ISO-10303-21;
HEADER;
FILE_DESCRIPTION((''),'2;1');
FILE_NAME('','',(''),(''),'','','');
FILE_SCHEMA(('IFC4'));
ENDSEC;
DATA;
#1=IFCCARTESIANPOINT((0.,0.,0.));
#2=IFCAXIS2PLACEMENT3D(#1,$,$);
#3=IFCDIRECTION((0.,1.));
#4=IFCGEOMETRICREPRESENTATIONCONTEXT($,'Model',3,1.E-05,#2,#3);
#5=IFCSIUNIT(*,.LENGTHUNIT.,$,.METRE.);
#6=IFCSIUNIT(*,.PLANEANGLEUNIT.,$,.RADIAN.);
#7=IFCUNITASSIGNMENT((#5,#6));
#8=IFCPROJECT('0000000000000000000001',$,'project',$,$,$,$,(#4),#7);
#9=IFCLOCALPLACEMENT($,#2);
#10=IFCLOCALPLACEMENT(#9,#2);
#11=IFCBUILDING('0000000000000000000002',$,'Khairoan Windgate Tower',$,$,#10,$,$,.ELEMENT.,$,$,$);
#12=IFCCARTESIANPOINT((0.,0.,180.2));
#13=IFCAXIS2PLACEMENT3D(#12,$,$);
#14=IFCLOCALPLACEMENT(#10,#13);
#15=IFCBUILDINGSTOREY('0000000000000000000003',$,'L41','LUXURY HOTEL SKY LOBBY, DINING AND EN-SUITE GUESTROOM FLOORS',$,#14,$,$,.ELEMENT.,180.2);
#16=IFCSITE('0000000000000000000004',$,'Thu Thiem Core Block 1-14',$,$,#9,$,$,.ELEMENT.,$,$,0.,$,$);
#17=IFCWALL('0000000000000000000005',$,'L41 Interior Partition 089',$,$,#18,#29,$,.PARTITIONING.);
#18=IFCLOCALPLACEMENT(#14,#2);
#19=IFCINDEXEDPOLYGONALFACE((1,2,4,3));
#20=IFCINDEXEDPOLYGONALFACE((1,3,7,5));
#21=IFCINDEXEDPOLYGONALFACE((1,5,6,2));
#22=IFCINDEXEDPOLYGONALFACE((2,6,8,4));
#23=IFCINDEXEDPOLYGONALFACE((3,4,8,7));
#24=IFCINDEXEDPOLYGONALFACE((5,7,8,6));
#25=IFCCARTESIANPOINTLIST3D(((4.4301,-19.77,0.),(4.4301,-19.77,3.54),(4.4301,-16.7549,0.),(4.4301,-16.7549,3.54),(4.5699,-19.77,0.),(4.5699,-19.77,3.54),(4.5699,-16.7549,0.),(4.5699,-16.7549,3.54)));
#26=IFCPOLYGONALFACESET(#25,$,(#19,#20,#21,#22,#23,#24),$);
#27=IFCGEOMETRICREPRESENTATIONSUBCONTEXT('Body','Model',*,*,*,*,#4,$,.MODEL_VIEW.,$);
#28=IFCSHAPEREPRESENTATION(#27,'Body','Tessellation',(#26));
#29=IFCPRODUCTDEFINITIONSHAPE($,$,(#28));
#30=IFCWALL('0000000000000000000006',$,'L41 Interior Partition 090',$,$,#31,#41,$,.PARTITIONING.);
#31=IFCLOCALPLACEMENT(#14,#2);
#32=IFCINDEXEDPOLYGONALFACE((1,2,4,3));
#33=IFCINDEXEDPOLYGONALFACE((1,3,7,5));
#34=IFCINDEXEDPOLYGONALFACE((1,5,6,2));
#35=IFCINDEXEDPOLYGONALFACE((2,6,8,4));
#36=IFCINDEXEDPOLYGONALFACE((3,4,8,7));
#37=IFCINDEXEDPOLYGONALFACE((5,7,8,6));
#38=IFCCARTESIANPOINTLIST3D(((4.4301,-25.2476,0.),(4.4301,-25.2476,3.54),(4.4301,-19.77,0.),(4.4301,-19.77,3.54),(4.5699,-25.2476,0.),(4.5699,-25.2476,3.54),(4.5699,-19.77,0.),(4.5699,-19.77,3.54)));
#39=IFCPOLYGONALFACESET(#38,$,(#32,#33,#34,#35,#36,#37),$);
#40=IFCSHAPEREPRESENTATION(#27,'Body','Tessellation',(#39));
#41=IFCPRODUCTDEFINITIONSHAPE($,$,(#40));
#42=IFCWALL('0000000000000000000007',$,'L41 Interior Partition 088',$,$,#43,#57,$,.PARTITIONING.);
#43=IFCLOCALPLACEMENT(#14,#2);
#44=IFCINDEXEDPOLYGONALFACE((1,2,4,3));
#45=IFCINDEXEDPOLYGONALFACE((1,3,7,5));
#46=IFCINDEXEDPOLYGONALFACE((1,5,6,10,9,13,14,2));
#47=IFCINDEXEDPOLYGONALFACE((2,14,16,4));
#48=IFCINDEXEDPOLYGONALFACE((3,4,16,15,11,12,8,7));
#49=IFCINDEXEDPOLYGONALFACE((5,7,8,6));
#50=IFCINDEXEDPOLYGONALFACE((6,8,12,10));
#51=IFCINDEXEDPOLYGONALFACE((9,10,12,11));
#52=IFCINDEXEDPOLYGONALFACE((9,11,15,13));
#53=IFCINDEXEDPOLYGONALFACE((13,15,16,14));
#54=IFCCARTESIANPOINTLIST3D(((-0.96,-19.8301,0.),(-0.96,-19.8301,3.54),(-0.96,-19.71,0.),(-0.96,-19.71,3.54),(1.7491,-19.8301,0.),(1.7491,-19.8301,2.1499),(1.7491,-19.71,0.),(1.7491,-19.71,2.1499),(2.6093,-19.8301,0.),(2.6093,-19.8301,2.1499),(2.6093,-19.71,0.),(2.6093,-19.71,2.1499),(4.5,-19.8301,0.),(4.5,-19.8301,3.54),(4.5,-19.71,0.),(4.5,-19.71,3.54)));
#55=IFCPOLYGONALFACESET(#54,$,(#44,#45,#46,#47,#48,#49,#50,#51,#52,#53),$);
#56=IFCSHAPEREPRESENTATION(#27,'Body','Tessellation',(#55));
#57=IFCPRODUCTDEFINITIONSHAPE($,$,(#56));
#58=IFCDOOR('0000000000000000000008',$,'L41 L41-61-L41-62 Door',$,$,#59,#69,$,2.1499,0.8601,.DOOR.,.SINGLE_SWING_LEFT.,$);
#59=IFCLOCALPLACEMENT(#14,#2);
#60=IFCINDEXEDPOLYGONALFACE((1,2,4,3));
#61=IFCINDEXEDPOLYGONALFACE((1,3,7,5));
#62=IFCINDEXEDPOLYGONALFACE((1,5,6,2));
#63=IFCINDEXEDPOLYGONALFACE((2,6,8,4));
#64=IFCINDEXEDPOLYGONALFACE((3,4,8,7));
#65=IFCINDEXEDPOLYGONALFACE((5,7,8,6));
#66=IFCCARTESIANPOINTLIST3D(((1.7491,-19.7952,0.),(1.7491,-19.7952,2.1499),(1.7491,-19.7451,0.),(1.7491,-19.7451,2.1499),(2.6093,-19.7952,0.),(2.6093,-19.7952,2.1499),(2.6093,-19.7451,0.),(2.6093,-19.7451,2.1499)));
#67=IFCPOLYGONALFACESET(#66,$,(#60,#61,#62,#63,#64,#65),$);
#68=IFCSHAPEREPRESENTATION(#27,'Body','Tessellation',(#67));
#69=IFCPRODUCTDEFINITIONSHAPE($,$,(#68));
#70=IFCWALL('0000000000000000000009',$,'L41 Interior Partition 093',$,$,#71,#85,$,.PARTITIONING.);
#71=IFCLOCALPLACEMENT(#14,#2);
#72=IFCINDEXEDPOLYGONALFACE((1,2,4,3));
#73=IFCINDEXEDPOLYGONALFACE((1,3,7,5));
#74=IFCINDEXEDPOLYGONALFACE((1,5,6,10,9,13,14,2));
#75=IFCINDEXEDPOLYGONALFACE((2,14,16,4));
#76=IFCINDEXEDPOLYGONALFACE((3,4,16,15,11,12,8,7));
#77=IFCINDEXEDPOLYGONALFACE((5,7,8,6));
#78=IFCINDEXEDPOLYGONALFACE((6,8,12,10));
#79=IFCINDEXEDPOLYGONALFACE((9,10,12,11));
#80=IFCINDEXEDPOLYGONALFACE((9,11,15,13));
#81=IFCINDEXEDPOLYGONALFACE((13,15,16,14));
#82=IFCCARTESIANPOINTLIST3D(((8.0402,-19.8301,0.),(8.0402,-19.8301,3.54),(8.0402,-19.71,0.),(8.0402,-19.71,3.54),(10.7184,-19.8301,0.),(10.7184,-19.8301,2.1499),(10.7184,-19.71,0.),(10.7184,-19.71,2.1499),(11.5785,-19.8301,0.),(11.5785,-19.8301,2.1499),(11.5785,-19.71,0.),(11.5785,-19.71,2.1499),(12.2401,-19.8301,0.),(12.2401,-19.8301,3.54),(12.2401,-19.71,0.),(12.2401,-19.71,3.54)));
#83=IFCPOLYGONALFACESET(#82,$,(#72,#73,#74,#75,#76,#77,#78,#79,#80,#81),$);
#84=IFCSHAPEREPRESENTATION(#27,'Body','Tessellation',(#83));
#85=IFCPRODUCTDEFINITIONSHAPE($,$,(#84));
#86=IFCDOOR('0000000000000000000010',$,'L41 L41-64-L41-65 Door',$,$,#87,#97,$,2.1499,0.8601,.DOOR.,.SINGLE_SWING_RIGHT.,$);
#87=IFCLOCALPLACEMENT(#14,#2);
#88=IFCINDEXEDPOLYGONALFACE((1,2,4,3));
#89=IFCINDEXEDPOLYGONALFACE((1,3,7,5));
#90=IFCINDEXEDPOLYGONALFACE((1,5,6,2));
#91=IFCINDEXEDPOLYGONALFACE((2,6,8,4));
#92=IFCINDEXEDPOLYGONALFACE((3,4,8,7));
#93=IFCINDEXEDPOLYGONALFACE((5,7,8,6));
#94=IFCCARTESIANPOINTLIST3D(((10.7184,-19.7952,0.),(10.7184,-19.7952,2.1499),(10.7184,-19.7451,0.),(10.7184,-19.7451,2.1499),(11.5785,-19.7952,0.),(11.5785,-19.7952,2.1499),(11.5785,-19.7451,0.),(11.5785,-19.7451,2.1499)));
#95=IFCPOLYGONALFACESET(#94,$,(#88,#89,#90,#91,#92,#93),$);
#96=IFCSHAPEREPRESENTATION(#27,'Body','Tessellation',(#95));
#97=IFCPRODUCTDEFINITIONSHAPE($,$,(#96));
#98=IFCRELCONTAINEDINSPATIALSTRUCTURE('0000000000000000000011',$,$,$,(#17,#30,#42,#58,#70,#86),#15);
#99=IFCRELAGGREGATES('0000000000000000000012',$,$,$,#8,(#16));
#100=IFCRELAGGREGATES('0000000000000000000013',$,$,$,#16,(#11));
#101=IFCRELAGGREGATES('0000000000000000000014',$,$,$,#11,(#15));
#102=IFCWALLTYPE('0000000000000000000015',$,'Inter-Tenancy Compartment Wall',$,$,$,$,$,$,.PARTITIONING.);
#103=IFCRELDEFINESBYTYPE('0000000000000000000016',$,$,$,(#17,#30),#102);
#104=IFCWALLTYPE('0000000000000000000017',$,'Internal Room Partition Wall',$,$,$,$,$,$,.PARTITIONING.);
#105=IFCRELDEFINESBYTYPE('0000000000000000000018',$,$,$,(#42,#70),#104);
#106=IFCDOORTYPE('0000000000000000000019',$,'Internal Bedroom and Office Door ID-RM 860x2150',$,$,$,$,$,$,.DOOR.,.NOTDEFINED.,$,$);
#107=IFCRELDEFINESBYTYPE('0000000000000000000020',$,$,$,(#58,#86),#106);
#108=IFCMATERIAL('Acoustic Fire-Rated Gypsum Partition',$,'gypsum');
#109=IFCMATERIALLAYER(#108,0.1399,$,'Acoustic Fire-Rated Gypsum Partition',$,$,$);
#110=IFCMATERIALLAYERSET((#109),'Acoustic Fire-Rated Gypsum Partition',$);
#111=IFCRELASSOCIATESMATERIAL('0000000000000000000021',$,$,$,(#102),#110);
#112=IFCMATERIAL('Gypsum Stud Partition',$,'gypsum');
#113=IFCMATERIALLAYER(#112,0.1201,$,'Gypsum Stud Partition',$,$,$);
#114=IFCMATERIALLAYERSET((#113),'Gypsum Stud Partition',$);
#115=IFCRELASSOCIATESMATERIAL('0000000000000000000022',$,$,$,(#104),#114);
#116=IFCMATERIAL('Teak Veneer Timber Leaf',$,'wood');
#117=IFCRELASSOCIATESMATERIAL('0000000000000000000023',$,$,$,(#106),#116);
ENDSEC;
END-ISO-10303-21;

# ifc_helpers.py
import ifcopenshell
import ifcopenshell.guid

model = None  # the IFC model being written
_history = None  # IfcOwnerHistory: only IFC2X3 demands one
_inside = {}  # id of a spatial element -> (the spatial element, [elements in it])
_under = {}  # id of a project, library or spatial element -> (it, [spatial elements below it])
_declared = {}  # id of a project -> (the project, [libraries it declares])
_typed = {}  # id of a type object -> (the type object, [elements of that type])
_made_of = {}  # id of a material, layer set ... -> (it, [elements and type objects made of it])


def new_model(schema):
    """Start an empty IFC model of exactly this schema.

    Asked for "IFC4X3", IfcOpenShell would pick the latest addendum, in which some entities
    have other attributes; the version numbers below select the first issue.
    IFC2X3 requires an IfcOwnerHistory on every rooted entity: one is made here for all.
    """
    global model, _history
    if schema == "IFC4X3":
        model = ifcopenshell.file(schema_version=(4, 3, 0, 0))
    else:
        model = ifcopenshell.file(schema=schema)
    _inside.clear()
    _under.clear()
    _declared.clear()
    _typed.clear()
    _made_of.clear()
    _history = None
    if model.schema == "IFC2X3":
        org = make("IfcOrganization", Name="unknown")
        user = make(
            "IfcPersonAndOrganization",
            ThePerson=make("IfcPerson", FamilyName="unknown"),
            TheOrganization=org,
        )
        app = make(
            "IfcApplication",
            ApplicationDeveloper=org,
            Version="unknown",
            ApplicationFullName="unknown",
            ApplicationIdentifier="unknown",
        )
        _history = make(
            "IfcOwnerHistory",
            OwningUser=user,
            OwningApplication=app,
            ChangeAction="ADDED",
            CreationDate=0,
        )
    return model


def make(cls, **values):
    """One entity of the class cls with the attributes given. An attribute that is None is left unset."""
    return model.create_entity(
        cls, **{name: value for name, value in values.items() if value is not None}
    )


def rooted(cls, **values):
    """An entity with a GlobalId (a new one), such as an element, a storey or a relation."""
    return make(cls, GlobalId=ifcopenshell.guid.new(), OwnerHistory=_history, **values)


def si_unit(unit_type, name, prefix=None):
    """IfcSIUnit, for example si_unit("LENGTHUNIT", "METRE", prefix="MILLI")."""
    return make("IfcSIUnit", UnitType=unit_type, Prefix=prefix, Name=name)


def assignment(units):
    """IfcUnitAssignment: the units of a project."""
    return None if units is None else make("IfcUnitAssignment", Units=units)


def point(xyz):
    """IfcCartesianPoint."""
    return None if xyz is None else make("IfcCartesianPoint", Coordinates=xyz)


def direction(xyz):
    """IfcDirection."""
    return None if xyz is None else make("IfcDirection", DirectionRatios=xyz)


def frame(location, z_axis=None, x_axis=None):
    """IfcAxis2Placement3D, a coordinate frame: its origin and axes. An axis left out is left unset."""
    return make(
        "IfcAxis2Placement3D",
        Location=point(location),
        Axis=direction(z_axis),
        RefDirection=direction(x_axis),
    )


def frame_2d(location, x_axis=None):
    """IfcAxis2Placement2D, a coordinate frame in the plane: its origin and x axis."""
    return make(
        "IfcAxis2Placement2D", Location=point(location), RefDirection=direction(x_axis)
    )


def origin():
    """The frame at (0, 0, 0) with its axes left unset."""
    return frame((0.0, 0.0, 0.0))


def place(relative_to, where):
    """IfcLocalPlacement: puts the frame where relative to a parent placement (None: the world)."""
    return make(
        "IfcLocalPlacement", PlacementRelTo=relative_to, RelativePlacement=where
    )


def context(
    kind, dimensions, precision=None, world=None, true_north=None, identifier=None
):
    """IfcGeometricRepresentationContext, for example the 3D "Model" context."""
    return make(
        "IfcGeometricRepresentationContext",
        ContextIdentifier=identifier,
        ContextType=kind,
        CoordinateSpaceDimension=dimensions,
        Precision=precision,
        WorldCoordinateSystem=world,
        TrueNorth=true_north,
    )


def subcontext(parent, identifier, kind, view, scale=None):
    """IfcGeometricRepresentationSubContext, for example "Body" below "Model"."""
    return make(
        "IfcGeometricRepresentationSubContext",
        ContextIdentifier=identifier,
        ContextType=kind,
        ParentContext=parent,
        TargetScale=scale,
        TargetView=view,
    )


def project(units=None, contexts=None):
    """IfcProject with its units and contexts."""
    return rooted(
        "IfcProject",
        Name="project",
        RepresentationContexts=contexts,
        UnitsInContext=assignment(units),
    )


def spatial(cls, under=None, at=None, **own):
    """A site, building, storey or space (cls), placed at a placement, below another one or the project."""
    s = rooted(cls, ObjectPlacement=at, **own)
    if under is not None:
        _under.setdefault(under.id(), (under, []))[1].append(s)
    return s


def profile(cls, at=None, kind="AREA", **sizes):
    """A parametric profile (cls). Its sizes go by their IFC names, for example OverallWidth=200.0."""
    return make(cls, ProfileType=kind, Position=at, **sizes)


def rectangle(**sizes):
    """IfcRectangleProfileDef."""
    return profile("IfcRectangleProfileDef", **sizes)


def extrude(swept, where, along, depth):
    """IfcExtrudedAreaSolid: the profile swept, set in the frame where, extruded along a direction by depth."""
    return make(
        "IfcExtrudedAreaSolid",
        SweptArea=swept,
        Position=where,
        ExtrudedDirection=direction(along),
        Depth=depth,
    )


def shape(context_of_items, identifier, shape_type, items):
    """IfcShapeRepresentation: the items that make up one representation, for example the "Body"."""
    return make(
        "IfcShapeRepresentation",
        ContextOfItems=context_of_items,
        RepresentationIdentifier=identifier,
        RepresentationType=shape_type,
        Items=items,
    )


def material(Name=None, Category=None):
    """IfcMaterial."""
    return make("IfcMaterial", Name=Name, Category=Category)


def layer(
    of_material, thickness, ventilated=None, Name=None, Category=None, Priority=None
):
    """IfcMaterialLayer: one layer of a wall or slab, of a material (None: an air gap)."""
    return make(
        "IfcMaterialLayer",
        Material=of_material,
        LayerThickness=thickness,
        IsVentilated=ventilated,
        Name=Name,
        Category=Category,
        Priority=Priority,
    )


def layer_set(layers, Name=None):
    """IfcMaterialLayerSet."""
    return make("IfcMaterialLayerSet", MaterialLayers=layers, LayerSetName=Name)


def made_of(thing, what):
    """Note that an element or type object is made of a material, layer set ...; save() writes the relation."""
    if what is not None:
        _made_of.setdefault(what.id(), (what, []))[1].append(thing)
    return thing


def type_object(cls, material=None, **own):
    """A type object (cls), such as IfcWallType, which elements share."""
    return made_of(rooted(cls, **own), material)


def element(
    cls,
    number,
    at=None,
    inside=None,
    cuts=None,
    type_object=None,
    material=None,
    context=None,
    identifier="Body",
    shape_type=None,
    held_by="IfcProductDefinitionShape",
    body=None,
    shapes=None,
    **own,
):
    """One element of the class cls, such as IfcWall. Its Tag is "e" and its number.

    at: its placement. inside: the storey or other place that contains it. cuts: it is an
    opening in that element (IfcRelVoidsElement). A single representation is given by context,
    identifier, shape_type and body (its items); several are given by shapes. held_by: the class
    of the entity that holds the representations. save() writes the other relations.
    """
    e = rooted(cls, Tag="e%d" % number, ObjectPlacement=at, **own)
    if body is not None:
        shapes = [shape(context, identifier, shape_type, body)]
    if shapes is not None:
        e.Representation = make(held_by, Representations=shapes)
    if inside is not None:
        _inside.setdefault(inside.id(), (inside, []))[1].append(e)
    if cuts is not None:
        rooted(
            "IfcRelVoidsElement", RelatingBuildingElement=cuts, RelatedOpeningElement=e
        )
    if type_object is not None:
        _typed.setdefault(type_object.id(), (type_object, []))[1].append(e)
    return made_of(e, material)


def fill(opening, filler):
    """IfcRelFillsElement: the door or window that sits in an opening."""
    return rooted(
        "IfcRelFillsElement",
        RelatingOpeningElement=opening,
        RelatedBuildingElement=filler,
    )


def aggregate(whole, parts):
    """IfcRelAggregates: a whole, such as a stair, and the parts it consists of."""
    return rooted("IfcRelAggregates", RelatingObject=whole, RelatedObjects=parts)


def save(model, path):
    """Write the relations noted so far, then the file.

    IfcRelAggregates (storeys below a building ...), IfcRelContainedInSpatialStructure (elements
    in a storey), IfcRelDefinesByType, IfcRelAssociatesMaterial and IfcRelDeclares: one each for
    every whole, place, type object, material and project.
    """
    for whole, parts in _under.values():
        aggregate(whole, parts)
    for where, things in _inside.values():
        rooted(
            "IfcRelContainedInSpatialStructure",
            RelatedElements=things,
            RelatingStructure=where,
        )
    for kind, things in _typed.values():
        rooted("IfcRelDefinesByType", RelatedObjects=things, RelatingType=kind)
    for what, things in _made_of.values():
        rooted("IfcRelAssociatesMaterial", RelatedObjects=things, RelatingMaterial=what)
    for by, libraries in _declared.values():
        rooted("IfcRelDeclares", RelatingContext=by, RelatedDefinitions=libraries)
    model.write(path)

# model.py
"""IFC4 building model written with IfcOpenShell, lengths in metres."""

from ifc_helpers import new_model, si_unit, direction, frame, frame_2d, origin, place, context, subcontext, project, spatial, rectangle, extrude, material, layer, layer_set, type_object, element, fill, save


model = new_model("IFC4")

# Units and contexts
model_context = context("Model", 3, precision=1e-05, world=origin(), true_north=direction((0.0, 1.0)))
body_context = subcontext(model_context, "Body", "Model", "MODEL_VIEW")
ifc_project = project(units=[si_unit("LENGTHUNIT", "METRE"), si_unit("PLANEANGLEUNIT", "RADIAN")], contexts=[model_context])

# Site, building, storey
site_placement = place(None, origin())
site = spatial("IfcSite", under=ifc_project, at=site_placement, Name="Thu Thiem Core Block 1-14", CompositionType="ELEMENT", RefElevation=0.0)
building_placement = place(site_placement, origin())
building = spatial("IfcBuilding", under=site, at=building_placement, Name="Khairoan Windgate Tower", CompositionType="ELEMENT")
storey_placement = place(building_placement, frame((0.0, 0.0, 180.2)))
storey = spatial("IfcBuildingStorey", under=building, at=storey_placement, Name="L41", Description="LUXURY HOTEL SKY LOBBY, DINING AND EN-SUITE GUESTROOM FLOORS", CompositionType="ELEMENT", Elevation=180.2)

# Walls
ifc_material_1 = material(Name="Acoustic Fire-Rated Gypsum Partition", Category="gypsum")
ifc_layer_1 = layer(ifc_material_1, 0.1399, Name="Acoustic Fire-Rated Gypsum Partition")
ifc_layer_set_1 = layer_set([ifc_layer_1], Name="Acoustic Fire-Rated Gypsum Partition")
wall_type_1 = type_object("IfcWallType", Name="Inter-Tenancy Compartment Wall", PredefinedType="PARTITIONING", material=ifc_layer_set_1)
wall_1_placement = place(storey_placement, frame((4.5, -19.77, 0.0), z_axis=(0.0, 0.0, 1.0), x_axis=(0.0, 1.0, 0.0)))
element("IfcWall", 1, at=wall_1_placement, inside=storey, type_object=wall_type_1, Name="L41 Interior Partition 089", PredefinedType="PARTITIONING", context=body_context, shape_type="SweptSolid", body=[
    extrude(rectangle(XDim=3.0151, YDim=0.1399, at=frame_2d((1.5076, 0.0))), origin(), (0.0, 0.0, 1.0), 3.54),
])
wall_2_placement = place(storey_placement, frame((4.5, -25.2476, 0.0), z_axis=(0.0, 0.0, 1.0), x_axis=(0.0, 1.0, 0.0)))
element("IfcWall", 2, at=wall_2_placement, inside=storey, type_object=wall_type_1, Name="L41 Interior Partition 090", PredefinedType="PARTITIONING", context=body_context, shape_type="SweptSolid", body=[
    extrude(rectangle(XDim=5.4775, YDim=0.1399, at=frame_2d((2.7388, 0.0))), origin(), (0.0, 0.0, 1.0), 3.54),
])

# Walls, openings, doors
ifc_material_2 = material(Name="Gypsum Stud Partition", Category="gypsum")
ifc_layer_2 = layer(ifc_material_2, 0.1201, Name="Gypsum Stud Partition")
ifc_layer_set_2 = layer_set([ifc_layer_2], Name="Gypsum Stud Partition")
wall_type_2 = type_object("IfcWallType", Name="Internal Room Partition Wall", PredefinedType="PARTITIONING", material=ifc_layer_set_2)
wall_3_placement = place(storey_placement, frame((-0.96, -19.77, 0.0), z_axis=(0.0, 0.0, 1.0), x_axis=(1.0, 0.0, 0.0)))
wall_3 = element("IfcWall", 3, at=wall_3_placement, inside=storey, type_object=wall_type_2, Name="L41 Interior Partition 088", PredefinedType="PARTITIONING", context=body_context, shape_type="SweptSolid", body=[
    extrude(rectangle(XDim=5.46, YDim=0.1201, at=frame_2d((2.73, 0.0))), origin(), (0.0, 0.0, 1.0), 3.54),
])
opening_1_placement = place(wall_3_placement, frame((2.709, 0.0, 0.0)))
opening_1 = element("IfcOpeningElement", 4, at=opening_1_placement, cuts=wall_3, PredefinedType="OPENING", context=body_context, shape_type="SweptSolid", body=[
    extrude(rectangle(XDim=0.8601, YDim=2.1499, at=frame_2d((0.4302, 1.075))), frame((0.0, 0.0701, 0.0), z_axis=(0.0, -1.0, 0.0), x_axis=(1.0, 0.0, 0.0)), (0.0, 0.0, 1.0), 0.1401),
])
ifc_material_3 = material(Name="Teak Veneer Timber Leaf", Category="wood")
door_type_1 = type_object("IfcDoorType", Name="Internal Bedroom and Office Door ID-RM 860x2150", OperationType="NOTDEFINED", PredefinedType="DOOR", material=ifc_material_3)
door_1_placement = place(opening_1_placement, origin())
door_1 = element("IfcDoor", 5, at=door_1_placement, inside=storey, type_object=door_type_1, Name="L41 L41-61-L41-62 Door", OperationType="SINGLE_SWING_LEFT", OverallHeight=2.1499, OverallWidth=0.8601, PredefinedType="DOOR", context=body_context, shape_type="SweptSolid", body=[
    extrude(rectangle(XDim=0.8601, YDim=2.1499, at=frame_2d((0.4302, 1.075))), frame((0.0, 0.0249, 0.0), z_axis=(0.0, -1.0, 0.0), x_axis=(1.0, 0.0, 0.0)), (0.0, 0.0, 1.0), 0.05),
])
fill(opening_1, door_1)
wall_4_placement = place(storey_placement, frame((8.04, -19.77, 0.0), z_axis=(0.0, 0.0, 1.0), x_axis=(1.0, 0.0, 0.0)))
wall_4 = element("IfcWall", 6, at=wall_4_placement, inside=storey, type_object=wall_type_2, Name="L41 Interior Partition 093", PredefinedType="PARTITIONING", context=body_context, shape_type="SweptSolid", body=[
    extrude(rectangle(XDim=4.2, YDim=0.1201, at=frame_2d((2.1001, 0.0))), origin(), (0.0, 0.0, 1.0), 3.54),
])
opening_2_placement = place(wall_4_placement, frame((2.6782, 0.0, 0.0)))
opening_2 = element("IfcOpeningElement", 7, at=opening_2_placement, cuts=wall_4, PredefinedType="OPENING", context=body_context, shape_type="SweptSolid", body=[
    extrude(rectangle(XDim=0.8601, YDim=2.1499, at=frame_2d((0.4302, 1.075))), frame((0.0, 0.0701, 0.0), z_axis=(0.0, -1.0, 0.0), x_axis=(1.0, 0.0, 0.0)), (0.0, 0.0, 1.0), 0.1401),
])
door_2_placement = place(opening_2_placement, origin())
door_2 = element("IfcDoor", 8, at=door_2_placement, inside=storey, type_object=door_type_1, Name="L41 L41-64-L41-65 Door", OperationType="SINGLE_SWING_RIGHT", OverallHeight=2.1499, OverallWidth=0.8601, PredefinedType="DOOR", context=body_context, shape_type="SweptSolid", body=[
    extrude(rectangle(XDim=0.8601, YDim=2.1499, at=frame_2d((0.4302, 1.075))), frame((0.0, 0.0249, 0.0), z_axis=(0.0, -1.0, 0.0), x_axis=(1.0, 0.0, 0.0)), (0.0, 0.0, 1.0), 0.05),
])
fill(opening_2, door_2)

save(model, "model.ifc")
